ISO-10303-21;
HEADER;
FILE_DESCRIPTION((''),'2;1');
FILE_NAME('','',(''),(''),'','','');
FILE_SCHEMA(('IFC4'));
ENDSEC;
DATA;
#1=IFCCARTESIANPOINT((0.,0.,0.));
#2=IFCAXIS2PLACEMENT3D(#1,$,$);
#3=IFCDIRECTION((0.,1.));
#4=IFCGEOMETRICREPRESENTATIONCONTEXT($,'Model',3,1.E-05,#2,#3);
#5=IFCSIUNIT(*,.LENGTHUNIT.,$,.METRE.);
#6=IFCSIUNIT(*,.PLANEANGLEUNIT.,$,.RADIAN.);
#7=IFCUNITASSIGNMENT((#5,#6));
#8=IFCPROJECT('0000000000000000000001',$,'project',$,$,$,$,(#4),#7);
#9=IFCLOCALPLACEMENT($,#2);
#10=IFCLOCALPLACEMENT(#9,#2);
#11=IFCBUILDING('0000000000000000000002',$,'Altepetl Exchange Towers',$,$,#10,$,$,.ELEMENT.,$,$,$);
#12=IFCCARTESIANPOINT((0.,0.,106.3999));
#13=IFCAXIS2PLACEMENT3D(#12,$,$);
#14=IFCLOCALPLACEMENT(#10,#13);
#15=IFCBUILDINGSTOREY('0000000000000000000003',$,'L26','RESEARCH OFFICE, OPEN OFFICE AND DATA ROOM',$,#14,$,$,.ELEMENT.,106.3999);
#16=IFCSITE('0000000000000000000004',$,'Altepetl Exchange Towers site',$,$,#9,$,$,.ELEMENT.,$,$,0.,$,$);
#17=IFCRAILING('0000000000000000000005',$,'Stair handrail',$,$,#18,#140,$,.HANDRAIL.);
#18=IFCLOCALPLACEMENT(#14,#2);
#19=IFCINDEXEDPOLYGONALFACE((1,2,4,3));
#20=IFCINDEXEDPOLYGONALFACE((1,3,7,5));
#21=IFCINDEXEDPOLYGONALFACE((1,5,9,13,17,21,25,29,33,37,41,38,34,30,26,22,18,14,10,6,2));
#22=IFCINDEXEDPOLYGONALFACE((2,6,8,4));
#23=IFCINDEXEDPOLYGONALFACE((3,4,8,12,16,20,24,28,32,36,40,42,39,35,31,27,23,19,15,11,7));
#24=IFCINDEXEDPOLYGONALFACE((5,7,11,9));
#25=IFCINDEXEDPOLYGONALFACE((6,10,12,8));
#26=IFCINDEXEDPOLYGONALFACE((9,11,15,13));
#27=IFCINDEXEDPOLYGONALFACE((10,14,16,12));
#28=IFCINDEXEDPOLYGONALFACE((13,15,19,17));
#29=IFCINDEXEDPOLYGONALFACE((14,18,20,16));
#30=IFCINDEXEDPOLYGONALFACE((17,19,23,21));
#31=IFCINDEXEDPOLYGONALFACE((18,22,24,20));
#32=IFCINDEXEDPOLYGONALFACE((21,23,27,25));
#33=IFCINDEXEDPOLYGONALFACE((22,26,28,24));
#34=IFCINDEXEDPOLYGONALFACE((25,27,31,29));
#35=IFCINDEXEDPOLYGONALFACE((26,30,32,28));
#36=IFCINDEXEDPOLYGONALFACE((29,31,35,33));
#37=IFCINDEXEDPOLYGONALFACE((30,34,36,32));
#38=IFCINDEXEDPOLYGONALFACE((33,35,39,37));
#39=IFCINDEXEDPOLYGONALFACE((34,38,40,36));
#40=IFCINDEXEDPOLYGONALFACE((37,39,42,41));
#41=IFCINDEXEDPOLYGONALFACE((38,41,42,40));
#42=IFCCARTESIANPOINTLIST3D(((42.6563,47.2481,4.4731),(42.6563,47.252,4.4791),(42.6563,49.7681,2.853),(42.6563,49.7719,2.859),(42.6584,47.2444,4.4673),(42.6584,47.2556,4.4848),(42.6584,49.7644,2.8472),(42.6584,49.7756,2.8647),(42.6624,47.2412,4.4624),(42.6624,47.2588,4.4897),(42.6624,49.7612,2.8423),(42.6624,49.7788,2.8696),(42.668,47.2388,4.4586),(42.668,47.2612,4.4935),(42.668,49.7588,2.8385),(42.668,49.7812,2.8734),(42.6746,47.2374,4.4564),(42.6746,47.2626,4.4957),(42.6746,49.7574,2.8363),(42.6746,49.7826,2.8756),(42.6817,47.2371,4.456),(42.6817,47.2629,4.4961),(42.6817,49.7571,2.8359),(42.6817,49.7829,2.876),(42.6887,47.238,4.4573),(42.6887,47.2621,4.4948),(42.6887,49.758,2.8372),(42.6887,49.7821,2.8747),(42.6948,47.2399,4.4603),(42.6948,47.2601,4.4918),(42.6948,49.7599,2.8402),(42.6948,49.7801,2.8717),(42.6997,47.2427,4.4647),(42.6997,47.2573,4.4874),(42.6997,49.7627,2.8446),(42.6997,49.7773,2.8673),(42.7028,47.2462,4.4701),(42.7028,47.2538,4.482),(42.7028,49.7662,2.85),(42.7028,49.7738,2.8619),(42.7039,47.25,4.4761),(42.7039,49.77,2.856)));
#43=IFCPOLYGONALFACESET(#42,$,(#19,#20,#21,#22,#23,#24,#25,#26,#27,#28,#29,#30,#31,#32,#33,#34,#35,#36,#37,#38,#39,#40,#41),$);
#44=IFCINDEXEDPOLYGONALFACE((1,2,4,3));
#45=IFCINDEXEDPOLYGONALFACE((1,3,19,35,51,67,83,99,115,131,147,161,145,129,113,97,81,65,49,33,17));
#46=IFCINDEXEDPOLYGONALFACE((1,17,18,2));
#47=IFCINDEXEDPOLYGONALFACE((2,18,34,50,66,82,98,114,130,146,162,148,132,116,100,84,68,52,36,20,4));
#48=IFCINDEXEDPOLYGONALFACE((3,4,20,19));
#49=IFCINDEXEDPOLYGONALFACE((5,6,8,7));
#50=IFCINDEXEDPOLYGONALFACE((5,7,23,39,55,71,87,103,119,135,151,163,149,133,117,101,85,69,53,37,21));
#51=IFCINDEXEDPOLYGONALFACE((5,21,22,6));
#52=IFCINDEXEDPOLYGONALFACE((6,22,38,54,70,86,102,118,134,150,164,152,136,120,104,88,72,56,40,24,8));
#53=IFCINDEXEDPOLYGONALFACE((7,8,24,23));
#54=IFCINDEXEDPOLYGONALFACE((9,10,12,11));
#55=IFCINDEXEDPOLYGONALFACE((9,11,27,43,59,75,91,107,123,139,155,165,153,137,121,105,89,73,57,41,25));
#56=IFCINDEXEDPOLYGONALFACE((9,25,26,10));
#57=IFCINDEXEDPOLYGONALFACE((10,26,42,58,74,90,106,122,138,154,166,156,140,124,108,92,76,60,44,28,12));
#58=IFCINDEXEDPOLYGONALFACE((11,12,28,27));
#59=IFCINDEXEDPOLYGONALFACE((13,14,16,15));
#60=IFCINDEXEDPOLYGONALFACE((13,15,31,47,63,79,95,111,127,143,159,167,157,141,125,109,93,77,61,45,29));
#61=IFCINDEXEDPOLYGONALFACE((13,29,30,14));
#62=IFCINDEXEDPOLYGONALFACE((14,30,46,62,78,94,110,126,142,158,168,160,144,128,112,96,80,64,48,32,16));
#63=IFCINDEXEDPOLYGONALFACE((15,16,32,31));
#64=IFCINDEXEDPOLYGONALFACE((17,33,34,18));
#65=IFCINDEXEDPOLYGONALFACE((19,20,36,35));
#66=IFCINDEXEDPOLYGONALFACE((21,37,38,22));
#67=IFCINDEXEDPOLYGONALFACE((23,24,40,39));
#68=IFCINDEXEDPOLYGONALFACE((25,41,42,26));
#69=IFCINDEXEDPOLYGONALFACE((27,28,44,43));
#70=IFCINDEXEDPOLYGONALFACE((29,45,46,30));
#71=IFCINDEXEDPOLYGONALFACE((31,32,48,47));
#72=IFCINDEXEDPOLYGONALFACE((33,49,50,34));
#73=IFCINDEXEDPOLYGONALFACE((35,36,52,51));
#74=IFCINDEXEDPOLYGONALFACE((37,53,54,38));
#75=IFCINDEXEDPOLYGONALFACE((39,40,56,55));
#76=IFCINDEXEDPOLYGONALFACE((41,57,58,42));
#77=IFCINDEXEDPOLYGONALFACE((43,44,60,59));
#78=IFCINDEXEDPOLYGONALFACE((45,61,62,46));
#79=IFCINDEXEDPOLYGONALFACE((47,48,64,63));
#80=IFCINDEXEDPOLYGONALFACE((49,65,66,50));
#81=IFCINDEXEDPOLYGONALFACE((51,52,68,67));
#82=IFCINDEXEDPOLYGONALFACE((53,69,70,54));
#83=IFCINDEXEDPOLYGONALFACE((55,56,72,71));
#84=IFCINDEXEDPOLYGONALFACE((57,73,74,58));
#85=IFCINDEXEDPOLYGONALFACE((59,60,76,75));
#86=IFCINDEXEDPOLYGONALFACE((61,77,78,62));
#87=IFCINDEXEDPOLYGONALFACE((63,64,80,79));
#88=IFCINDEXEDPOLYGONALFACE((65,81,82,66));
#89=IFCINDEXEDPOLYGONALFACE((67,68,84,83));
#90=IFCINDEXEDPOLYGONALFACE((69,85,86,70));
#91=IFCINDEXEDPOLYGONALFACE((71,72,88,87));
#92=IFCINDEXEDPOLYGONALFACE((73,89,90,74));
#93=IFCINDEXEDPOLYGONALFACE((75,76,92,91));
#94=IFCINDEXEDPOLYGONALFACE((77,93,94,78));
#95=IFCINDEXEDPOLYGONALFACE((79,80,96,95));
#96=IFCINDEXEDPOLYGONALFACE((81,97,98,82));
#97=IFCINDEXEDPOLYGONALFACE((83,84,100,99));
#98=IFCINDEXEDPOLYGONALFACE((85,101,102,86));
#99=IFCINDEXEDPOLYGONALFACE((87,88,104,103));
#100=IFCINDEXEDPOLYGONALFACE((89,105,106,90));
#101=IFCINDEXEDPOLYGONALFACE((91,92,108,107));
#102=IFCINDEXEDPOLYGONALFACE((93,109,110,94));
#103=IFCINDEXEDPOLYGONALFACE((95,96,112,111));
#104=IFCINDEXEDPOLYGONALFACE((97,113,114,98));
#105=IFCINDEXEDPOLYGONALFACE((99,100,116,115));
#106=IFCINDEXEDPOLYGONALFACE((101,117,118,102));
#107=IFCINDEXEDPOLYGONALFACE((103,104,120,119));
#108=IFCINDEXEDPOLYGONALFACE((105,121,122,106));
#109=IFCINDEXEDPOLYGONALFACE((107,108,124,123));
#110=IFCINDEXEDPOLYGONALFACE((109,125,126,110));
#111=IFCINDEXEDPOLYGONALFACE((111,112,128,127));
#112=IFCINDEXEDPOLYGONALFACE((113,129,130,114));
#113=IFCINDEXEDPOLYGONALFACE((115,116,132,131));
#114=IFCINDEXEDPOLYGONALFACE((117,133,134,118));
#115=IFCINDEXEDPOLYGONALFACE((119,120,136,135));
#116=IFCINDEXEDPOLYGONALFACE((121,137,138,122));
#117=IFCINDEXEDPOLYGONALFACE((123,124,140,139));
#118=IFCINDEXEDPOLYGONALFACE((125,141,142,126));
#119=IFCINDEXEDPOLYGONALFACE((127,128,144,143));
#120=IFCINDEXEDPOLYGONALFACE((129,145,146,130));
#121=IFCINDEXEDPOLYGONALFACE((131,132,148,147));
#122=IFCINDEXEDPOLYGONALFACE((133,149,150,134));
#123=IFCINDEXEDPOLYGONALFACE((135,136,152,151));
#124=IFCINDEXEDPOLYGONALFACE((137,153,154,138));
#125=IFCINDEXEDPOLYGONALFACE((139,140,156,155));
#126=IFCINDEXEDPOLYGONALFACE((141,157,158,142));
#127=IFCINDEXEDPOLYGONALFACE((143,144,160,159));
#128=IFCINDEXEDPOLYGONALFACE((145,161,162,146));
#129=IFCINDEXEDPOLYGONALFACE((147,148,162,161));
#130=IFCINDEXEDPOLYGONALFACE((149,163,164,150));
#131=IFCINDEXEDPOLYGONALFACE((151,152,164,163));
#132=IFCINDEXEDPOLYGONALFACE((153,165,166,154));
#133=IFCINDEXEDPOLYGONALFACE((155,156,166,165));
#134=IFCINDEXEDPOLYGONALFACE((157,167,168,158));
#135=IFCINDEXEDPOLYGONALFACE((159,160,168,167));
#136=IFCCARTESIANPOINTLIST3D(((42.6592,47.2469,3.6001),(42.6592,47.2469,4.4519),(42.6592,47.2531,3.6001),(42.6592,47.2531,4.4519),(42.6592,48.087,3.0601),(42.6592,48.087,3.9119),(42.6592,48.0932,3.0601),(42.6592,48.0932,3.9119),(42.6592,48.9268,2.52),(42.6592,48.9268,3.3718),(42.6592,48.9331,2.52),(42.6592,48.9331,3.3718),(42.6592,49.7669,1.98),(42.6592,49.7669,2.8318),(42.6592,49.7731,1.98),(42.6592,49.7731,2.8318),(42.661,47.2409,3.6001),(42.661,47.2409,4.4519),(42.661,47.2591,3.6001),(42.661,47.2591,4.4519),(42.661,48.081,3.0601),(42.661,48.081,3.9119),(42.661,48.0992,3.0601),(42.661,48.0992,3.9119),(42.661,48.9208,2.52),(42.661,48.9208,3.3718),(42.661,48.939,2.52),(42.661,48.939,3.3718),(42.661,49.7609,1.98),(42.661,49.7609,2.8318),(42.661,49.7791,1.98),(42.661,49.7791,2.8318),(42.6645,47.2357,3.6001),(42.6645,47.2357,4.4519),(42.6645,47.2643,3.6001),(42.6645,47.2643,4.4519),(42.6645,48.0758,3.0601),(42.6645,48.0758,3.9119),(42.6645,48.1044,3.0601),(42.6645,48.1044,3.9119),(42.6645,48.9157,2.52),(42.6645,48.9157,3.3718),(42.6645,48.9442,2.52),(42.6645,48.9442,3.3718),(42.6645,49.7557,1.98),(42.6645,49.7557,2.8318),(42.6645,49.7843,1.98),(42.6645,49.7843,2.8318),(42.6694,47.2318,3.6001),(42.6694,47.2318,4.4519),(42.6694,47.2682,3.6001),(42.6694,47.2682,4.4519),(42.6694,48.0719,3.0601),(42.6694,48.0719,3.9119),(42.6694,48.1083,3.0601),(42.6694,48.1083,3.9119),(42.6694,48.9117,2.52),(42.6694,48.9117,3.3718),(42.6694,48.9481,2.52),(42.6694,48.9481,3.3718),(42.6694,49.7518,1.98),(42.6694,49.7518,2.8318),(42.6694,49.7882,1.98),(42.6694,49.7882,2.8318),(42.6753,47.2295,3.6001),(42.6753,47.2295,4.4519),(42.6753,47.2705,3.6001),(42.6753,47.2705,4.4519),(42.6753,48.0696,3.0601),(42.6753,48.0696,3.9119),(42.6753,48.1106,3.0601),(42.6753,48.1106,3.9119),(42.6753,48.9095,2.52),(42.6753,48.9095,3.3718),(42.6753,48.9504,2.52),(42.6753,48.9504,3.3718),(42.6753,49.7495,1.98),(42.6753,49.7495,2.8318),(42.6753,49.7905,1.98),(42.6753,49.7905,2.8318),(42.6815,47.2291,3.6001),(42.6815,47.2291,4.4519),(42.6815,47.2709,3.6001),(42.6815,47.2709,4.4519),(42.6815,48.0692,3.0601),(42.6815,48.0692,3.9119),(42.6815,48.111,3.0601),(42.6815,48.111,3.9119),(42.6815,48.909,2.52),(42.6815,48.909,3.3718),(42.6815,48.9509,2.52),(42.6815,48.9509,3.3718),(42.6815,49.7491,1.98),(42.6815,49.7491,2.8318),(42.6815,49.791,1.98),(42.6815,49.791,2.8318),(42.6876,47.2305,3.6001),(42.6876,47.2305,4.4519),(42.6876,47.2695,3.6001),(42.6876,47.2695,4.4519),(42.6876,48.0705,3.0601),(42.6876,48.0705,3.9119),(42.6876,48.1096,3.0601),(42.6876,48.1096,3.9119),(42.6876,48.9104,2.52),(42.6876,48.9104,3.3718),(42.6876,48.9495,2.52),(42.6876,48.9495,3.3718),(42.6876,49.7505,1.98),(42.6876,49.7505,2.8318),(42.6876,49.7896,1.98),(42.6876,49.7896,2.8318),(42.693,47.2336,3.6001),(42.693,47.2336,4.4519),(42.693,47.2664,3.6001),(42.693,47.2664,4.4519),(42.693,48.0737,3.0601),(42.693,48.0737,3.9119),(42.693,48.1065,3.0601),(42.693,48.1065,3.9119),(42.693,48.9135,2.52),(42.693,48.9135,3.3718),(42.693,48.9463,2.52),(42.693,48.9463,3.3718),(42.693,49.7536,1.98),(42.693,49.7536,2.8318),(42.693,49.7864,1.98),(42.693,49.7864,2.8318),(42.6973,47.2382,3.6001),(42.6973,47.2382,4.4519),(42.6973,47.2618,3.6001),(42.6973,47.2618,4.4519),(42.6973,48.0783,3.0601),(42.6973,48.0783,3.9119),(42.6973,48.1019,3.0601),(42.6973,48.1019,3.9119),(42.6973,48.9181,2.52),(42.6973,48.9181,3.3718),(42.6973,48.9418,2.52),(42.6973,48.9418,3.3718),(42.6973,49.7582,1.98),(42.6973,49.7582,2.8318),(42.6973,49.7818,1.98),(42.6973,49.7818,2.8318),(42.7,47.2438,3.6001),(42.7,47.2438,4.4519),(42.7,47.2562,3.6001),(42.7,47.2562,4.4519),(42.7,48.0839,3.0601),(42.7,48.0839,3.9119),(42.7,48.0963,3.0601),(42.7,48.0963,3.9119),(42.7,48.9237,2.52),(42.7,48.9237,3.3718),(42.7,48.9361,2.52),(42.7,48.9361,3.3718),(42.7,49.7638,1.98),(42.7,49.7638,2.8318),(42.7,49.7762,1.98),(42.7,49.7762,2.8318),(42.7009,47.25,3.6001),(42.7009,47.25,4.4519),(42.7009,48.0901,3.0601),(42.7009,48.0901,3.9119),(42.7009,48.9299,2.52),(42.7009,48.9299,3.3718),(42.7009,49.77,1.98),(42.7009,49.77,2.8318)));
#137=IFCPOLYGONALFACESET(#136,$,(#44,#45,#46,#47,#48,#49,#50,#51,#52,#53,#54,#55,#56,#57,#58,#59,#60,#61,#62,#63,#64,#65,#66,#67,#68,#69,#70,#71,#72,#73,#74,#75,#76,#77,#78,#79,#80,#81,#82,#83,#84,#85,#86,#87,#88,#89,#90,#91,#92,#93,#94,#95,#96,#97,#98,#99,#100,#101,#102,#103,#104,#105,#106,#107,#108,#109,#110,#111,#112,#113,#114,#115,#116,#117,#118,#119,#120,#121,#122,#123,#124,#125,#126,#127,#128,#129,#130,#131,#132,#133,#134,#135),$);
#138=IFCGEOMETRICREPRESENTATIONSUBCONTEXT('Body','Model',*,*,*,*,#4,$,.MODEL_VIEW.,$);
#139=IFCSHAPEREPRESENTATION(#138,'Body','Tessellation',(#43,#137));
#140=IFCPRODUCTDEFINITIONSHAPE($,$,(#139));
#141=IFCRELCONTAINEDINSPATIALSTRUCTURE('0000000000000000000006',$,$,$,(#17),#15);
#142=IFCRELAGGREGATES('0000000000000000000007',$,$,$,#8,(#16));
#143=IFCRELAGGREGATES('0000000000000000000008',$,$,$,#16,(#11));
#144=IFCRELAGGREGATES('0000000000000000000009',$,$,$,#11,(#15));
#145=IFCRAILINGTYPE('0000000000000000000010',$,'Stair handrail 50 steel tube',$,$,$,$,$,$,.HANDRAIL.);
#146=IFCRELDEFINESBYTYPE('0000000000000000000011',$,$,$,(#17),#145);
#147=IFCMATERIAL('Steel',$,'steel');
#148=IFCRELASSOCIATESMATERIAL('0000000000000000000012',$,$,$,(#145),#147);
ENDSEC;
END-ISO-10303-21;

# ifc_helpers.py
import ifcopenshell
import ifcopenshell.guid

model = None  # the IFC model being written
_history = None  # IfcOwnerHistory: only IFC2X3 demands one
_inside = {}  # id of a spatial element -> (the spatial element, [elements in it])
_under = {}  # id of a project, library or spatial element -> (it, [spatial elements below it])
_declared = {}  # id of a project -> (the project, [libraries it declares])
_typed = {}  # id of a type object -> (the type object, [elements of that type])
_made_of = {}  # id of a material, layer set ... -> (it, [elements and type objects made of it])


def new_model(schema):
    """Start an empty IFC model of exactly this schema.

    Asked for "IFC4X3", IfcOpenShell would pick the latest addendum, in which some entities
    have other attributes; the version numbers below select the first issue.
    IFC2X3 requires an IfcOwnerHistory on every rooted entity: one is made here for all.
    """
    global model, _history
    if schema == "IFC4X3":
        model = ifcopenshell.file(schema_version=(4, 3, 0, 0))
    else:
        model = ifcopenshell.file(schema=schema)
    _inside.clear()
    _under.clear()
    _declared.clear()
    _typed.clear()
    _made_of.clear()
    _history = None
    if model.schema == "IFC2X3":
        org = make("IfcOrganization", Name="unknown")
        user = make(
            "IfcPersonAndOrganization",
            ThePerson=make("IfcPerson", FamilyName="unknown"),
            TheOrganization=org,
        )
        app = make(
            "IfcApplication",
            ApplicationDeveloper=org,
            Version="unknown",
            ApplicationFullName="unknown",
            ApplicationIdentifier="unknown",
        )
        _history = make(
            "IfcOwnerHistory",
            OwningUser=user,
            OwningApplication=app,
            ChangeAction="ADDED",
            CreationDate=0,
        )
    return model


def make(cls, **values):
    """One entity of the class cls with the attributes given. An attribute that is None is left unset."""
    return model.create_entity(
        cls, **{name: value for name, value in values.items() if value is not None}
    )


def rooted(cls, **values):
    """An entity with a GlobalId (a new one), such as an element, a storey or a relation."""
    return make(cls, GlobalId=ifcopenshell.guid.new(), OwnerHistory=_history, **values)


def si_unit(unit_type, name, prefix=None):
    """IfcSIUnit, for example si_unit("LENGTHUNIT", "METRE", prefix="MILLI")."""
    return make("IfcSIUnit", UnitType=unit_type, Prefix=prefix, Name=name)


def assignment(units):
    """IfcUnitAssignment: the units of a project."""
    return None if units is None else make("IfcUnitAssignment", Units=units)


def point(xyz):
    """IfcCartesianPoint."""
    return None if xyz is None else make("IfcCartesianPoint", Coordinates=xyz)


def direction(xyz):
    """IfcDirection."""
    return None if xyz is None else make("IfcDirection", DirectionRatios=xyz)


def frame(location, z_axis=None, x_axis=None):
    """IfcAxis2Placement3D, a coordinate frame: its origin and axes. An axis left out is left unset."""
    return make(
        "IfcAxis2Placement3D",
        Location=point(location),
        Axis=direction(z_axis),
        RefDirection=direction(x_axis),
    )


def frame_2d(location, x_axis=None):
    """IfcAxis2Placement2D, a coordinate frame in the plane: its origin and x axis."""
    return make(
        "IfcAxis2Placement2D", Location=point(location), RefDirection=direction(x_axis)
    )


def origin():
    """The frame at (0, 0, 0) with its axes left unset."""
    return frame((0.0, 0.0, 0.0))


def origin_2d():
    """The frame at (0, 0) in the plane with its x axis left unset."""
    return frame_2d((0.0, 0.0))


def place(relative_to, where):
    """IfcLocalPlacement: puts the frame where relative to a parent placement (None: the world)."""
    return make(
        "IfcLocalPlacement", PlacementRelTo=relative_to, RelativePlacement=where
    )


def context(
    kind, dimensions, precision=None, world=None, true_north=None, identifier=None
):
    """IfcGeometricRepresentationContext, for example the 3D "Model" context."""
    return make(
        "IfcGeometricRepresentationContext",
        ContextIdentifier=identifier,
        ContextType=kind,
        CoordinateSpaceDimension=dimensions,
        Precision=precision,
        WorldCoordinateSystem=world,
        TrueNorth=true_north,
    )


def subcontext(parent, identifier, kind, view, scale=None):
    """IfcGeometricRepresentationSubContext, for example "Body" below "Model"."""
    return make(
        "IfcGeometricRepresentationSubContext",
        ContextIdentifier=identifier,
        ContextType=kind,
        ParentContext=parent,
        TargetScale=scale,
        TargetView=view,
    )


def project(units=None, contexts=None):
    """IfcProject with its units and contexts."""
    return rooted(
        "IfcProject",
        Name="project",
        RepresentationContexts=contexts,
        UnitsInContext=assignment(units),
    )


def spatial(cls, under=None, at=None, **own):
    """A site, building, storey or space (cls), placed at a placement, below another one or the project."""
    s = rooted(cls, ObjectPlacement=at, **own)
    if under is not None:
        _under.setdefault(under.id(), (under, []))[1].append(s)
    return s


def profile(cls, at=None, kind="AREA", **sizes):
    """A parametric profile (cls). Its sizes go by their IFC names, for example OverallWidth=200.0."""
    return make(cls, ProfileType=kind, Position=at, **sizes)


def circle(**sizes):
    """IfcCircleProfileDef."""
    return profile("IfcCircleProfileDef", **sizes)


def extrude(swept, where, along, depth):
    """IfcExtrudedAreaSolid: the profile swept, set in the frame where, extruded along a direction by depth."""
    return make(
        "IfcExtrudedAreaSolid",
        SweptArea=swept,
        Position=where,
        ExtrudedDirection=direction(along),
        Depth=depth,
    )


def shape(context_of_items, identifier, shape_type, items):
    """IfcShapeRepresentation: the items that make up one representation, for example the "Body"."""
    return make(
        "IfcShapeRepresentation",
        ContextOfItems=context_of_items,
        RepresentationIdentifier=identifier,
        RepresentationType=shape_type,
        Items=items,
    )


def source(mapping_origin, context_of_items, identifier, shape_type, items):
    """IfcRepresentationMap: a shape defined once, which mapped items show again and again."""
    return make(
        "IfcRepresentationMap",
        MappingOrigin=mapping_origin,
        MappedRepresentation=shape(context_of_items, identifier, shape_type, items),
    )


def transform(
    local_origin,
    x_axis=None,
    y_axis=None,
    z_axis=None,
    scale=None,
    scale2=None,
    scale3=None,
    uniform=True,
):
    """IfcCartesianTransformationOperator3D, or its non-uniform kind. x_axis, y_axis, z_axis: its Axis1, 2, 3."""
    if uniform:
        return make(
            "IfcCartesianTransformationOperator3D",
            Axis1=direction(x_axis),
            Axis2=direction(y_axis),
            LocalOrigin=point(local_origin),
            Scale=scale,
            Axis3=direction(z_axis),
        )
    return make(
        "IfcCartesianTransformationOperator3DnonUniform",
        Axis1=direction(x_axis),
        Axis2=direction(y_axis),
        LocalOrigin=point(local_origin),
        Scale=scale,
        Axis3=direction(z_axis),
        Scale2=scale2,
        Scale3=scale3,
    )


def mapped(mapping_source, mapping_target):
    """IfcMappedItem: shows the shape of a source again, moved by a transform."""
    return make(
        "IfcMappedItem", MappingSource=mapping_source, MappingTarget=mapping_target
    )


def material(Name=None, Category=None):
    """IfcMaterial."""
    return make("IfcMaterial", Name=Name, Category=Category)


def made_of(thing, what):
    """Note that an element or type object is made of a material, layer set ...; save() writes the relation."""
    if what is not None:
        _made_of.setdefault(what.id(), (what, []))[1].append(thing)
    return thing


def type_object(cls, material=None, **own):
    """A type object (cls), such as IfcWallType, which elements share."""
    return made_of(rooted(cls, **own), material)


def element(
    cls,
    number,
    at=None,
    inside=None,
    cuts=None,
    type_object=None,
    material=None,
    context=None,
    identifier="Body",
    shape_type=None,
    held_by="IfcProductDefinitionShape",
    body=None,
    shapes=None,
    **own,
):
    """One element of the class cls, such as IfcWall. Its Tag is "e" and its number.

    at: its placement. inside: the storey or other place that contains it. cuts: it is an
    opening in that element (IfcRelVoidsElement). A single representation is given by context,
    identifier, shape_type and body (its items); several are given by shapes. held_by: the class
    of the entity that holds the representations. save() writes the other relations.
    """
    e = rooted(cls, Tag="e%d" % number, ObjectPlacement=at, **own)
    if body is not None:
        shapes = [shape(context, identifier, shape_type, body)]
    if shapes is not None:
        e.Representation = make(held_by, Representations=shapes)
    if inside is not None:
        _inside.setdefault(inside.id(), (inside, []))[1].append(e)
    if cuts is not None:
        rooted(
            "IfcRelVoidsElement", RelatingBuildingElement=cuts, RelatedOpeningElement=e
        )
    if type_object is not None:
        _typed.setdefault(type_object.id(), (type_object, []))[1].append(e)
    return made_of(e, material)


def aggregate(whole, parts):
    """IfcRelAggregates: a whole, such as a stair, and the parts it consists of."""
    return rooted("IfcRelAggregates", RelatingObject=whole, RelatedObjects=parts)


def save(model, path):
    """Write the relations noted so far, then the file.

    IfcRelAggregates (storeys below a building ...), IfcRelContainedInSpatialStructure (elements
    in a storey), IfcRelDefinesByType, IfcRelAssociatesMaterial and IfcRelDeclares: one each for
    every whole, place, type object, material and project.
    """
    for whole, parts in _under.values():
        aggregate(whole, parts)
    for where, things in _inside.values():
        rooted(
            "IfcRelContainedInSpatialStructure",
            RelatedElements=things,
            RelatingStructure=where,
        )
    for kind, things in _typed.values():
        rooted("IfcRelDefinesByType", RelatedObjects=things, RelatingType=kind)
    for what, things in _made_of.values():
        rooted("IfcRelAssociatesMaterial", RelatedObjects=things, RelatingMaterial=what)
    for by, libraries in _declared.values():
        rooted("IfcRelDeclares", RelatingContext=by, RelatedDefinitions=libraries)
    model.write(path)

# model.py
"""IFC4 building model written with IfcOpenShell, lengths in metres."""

from ifc_helpers import new_model, si_unit, direction, frame, origin, origin_2d, place, context, subcontext, project, spatial, circle, extrude, source, transform, mapped, material, type_object, element, save


model = new_model("IFC4")

# Units and contexts
model_context = context("Model", 3, precision=1e-05, world=origin(), true_north=direction((0.0, 1.0)))
body_context = subcontext(model_context, "Body", "Model", "MODEL_VIEW")
ifc_project = project(units=[si_unit("LENGTHUNIT", "METRE"), si_unit("PLANEANGLEUNIT", "RADIAN")], contexts=[model_context])

# Site, building, storey
site_placement = place(None, origin())
site = spatial("IfcSite", under=ifc_project, at=site_placement, Name="Altepetl Exchange Towers site", CompositionType="ELEMENT", RefElevation=0.0)
building_placement = place(site_placement, origin())
building = spatial("IfcBuilding", under=site, at=building_placement, Name="Altepetl Exchange Towers", CompositionType="ELEMENT")
storey_placement = place(building_placement, frame((0.0, 0.0, 106.3999)))
storey = spatial("IfcBuildingStorey", under=building, at=storey_placement, Name="L26", Description="RESEARCH OFFICE, OPEN OFFICE AND DATA ROOM", CompositionType="ELEMENT", Elevation=106.3999)

# Railing
ifc_material_1 = material(Name="Steel", Category="steel")
railing_type = type_object("IfcRailingType", Name="Stair handrail 50 steel tube", PredefinedType="HANDRAIL", material=ifc_material_1)
shared_shape = source(origin(), body_context, "Body", "SweptSolid", [
    extrude(circle(Radius=0.021, at=origin_2d()), origin(), (0.0, 0.0, 1.0), 0.8518),
])
railing_1_placement = place(storey_placement, frame((42.6799, 49.77, 1.98)))
element("IfcRailing", 1, at=railing_1_placement, inside=storey, type_object=railing_type, Name="Stair handrail", PredefinedType="HANDRAIL", context=body_context, shape_type="SweptSolid", body=[
    extrude(circle(Radius=0.0239, at=origin_2d()), frame((0.0, 0.0, 0.876), z_axis=(0.0, -0.841163, 0.540782), x_axis=(1.0, 0.0, 0.0)), (0.0, 0.0, 1.0), 2.9958),
    mapped(shared_shape, transform((0.0, 0.0, 0.0))),
    mapped(shared_shape, transform((0.0, -0.8401, 0.54))),
    mapped(shared_shape, transform((0.0, -1.6799, 1.0801))),
    mapped(shared_shape, transform((0.0, -2.52, 1.6201))),
])

save(model, "model.ifc")
